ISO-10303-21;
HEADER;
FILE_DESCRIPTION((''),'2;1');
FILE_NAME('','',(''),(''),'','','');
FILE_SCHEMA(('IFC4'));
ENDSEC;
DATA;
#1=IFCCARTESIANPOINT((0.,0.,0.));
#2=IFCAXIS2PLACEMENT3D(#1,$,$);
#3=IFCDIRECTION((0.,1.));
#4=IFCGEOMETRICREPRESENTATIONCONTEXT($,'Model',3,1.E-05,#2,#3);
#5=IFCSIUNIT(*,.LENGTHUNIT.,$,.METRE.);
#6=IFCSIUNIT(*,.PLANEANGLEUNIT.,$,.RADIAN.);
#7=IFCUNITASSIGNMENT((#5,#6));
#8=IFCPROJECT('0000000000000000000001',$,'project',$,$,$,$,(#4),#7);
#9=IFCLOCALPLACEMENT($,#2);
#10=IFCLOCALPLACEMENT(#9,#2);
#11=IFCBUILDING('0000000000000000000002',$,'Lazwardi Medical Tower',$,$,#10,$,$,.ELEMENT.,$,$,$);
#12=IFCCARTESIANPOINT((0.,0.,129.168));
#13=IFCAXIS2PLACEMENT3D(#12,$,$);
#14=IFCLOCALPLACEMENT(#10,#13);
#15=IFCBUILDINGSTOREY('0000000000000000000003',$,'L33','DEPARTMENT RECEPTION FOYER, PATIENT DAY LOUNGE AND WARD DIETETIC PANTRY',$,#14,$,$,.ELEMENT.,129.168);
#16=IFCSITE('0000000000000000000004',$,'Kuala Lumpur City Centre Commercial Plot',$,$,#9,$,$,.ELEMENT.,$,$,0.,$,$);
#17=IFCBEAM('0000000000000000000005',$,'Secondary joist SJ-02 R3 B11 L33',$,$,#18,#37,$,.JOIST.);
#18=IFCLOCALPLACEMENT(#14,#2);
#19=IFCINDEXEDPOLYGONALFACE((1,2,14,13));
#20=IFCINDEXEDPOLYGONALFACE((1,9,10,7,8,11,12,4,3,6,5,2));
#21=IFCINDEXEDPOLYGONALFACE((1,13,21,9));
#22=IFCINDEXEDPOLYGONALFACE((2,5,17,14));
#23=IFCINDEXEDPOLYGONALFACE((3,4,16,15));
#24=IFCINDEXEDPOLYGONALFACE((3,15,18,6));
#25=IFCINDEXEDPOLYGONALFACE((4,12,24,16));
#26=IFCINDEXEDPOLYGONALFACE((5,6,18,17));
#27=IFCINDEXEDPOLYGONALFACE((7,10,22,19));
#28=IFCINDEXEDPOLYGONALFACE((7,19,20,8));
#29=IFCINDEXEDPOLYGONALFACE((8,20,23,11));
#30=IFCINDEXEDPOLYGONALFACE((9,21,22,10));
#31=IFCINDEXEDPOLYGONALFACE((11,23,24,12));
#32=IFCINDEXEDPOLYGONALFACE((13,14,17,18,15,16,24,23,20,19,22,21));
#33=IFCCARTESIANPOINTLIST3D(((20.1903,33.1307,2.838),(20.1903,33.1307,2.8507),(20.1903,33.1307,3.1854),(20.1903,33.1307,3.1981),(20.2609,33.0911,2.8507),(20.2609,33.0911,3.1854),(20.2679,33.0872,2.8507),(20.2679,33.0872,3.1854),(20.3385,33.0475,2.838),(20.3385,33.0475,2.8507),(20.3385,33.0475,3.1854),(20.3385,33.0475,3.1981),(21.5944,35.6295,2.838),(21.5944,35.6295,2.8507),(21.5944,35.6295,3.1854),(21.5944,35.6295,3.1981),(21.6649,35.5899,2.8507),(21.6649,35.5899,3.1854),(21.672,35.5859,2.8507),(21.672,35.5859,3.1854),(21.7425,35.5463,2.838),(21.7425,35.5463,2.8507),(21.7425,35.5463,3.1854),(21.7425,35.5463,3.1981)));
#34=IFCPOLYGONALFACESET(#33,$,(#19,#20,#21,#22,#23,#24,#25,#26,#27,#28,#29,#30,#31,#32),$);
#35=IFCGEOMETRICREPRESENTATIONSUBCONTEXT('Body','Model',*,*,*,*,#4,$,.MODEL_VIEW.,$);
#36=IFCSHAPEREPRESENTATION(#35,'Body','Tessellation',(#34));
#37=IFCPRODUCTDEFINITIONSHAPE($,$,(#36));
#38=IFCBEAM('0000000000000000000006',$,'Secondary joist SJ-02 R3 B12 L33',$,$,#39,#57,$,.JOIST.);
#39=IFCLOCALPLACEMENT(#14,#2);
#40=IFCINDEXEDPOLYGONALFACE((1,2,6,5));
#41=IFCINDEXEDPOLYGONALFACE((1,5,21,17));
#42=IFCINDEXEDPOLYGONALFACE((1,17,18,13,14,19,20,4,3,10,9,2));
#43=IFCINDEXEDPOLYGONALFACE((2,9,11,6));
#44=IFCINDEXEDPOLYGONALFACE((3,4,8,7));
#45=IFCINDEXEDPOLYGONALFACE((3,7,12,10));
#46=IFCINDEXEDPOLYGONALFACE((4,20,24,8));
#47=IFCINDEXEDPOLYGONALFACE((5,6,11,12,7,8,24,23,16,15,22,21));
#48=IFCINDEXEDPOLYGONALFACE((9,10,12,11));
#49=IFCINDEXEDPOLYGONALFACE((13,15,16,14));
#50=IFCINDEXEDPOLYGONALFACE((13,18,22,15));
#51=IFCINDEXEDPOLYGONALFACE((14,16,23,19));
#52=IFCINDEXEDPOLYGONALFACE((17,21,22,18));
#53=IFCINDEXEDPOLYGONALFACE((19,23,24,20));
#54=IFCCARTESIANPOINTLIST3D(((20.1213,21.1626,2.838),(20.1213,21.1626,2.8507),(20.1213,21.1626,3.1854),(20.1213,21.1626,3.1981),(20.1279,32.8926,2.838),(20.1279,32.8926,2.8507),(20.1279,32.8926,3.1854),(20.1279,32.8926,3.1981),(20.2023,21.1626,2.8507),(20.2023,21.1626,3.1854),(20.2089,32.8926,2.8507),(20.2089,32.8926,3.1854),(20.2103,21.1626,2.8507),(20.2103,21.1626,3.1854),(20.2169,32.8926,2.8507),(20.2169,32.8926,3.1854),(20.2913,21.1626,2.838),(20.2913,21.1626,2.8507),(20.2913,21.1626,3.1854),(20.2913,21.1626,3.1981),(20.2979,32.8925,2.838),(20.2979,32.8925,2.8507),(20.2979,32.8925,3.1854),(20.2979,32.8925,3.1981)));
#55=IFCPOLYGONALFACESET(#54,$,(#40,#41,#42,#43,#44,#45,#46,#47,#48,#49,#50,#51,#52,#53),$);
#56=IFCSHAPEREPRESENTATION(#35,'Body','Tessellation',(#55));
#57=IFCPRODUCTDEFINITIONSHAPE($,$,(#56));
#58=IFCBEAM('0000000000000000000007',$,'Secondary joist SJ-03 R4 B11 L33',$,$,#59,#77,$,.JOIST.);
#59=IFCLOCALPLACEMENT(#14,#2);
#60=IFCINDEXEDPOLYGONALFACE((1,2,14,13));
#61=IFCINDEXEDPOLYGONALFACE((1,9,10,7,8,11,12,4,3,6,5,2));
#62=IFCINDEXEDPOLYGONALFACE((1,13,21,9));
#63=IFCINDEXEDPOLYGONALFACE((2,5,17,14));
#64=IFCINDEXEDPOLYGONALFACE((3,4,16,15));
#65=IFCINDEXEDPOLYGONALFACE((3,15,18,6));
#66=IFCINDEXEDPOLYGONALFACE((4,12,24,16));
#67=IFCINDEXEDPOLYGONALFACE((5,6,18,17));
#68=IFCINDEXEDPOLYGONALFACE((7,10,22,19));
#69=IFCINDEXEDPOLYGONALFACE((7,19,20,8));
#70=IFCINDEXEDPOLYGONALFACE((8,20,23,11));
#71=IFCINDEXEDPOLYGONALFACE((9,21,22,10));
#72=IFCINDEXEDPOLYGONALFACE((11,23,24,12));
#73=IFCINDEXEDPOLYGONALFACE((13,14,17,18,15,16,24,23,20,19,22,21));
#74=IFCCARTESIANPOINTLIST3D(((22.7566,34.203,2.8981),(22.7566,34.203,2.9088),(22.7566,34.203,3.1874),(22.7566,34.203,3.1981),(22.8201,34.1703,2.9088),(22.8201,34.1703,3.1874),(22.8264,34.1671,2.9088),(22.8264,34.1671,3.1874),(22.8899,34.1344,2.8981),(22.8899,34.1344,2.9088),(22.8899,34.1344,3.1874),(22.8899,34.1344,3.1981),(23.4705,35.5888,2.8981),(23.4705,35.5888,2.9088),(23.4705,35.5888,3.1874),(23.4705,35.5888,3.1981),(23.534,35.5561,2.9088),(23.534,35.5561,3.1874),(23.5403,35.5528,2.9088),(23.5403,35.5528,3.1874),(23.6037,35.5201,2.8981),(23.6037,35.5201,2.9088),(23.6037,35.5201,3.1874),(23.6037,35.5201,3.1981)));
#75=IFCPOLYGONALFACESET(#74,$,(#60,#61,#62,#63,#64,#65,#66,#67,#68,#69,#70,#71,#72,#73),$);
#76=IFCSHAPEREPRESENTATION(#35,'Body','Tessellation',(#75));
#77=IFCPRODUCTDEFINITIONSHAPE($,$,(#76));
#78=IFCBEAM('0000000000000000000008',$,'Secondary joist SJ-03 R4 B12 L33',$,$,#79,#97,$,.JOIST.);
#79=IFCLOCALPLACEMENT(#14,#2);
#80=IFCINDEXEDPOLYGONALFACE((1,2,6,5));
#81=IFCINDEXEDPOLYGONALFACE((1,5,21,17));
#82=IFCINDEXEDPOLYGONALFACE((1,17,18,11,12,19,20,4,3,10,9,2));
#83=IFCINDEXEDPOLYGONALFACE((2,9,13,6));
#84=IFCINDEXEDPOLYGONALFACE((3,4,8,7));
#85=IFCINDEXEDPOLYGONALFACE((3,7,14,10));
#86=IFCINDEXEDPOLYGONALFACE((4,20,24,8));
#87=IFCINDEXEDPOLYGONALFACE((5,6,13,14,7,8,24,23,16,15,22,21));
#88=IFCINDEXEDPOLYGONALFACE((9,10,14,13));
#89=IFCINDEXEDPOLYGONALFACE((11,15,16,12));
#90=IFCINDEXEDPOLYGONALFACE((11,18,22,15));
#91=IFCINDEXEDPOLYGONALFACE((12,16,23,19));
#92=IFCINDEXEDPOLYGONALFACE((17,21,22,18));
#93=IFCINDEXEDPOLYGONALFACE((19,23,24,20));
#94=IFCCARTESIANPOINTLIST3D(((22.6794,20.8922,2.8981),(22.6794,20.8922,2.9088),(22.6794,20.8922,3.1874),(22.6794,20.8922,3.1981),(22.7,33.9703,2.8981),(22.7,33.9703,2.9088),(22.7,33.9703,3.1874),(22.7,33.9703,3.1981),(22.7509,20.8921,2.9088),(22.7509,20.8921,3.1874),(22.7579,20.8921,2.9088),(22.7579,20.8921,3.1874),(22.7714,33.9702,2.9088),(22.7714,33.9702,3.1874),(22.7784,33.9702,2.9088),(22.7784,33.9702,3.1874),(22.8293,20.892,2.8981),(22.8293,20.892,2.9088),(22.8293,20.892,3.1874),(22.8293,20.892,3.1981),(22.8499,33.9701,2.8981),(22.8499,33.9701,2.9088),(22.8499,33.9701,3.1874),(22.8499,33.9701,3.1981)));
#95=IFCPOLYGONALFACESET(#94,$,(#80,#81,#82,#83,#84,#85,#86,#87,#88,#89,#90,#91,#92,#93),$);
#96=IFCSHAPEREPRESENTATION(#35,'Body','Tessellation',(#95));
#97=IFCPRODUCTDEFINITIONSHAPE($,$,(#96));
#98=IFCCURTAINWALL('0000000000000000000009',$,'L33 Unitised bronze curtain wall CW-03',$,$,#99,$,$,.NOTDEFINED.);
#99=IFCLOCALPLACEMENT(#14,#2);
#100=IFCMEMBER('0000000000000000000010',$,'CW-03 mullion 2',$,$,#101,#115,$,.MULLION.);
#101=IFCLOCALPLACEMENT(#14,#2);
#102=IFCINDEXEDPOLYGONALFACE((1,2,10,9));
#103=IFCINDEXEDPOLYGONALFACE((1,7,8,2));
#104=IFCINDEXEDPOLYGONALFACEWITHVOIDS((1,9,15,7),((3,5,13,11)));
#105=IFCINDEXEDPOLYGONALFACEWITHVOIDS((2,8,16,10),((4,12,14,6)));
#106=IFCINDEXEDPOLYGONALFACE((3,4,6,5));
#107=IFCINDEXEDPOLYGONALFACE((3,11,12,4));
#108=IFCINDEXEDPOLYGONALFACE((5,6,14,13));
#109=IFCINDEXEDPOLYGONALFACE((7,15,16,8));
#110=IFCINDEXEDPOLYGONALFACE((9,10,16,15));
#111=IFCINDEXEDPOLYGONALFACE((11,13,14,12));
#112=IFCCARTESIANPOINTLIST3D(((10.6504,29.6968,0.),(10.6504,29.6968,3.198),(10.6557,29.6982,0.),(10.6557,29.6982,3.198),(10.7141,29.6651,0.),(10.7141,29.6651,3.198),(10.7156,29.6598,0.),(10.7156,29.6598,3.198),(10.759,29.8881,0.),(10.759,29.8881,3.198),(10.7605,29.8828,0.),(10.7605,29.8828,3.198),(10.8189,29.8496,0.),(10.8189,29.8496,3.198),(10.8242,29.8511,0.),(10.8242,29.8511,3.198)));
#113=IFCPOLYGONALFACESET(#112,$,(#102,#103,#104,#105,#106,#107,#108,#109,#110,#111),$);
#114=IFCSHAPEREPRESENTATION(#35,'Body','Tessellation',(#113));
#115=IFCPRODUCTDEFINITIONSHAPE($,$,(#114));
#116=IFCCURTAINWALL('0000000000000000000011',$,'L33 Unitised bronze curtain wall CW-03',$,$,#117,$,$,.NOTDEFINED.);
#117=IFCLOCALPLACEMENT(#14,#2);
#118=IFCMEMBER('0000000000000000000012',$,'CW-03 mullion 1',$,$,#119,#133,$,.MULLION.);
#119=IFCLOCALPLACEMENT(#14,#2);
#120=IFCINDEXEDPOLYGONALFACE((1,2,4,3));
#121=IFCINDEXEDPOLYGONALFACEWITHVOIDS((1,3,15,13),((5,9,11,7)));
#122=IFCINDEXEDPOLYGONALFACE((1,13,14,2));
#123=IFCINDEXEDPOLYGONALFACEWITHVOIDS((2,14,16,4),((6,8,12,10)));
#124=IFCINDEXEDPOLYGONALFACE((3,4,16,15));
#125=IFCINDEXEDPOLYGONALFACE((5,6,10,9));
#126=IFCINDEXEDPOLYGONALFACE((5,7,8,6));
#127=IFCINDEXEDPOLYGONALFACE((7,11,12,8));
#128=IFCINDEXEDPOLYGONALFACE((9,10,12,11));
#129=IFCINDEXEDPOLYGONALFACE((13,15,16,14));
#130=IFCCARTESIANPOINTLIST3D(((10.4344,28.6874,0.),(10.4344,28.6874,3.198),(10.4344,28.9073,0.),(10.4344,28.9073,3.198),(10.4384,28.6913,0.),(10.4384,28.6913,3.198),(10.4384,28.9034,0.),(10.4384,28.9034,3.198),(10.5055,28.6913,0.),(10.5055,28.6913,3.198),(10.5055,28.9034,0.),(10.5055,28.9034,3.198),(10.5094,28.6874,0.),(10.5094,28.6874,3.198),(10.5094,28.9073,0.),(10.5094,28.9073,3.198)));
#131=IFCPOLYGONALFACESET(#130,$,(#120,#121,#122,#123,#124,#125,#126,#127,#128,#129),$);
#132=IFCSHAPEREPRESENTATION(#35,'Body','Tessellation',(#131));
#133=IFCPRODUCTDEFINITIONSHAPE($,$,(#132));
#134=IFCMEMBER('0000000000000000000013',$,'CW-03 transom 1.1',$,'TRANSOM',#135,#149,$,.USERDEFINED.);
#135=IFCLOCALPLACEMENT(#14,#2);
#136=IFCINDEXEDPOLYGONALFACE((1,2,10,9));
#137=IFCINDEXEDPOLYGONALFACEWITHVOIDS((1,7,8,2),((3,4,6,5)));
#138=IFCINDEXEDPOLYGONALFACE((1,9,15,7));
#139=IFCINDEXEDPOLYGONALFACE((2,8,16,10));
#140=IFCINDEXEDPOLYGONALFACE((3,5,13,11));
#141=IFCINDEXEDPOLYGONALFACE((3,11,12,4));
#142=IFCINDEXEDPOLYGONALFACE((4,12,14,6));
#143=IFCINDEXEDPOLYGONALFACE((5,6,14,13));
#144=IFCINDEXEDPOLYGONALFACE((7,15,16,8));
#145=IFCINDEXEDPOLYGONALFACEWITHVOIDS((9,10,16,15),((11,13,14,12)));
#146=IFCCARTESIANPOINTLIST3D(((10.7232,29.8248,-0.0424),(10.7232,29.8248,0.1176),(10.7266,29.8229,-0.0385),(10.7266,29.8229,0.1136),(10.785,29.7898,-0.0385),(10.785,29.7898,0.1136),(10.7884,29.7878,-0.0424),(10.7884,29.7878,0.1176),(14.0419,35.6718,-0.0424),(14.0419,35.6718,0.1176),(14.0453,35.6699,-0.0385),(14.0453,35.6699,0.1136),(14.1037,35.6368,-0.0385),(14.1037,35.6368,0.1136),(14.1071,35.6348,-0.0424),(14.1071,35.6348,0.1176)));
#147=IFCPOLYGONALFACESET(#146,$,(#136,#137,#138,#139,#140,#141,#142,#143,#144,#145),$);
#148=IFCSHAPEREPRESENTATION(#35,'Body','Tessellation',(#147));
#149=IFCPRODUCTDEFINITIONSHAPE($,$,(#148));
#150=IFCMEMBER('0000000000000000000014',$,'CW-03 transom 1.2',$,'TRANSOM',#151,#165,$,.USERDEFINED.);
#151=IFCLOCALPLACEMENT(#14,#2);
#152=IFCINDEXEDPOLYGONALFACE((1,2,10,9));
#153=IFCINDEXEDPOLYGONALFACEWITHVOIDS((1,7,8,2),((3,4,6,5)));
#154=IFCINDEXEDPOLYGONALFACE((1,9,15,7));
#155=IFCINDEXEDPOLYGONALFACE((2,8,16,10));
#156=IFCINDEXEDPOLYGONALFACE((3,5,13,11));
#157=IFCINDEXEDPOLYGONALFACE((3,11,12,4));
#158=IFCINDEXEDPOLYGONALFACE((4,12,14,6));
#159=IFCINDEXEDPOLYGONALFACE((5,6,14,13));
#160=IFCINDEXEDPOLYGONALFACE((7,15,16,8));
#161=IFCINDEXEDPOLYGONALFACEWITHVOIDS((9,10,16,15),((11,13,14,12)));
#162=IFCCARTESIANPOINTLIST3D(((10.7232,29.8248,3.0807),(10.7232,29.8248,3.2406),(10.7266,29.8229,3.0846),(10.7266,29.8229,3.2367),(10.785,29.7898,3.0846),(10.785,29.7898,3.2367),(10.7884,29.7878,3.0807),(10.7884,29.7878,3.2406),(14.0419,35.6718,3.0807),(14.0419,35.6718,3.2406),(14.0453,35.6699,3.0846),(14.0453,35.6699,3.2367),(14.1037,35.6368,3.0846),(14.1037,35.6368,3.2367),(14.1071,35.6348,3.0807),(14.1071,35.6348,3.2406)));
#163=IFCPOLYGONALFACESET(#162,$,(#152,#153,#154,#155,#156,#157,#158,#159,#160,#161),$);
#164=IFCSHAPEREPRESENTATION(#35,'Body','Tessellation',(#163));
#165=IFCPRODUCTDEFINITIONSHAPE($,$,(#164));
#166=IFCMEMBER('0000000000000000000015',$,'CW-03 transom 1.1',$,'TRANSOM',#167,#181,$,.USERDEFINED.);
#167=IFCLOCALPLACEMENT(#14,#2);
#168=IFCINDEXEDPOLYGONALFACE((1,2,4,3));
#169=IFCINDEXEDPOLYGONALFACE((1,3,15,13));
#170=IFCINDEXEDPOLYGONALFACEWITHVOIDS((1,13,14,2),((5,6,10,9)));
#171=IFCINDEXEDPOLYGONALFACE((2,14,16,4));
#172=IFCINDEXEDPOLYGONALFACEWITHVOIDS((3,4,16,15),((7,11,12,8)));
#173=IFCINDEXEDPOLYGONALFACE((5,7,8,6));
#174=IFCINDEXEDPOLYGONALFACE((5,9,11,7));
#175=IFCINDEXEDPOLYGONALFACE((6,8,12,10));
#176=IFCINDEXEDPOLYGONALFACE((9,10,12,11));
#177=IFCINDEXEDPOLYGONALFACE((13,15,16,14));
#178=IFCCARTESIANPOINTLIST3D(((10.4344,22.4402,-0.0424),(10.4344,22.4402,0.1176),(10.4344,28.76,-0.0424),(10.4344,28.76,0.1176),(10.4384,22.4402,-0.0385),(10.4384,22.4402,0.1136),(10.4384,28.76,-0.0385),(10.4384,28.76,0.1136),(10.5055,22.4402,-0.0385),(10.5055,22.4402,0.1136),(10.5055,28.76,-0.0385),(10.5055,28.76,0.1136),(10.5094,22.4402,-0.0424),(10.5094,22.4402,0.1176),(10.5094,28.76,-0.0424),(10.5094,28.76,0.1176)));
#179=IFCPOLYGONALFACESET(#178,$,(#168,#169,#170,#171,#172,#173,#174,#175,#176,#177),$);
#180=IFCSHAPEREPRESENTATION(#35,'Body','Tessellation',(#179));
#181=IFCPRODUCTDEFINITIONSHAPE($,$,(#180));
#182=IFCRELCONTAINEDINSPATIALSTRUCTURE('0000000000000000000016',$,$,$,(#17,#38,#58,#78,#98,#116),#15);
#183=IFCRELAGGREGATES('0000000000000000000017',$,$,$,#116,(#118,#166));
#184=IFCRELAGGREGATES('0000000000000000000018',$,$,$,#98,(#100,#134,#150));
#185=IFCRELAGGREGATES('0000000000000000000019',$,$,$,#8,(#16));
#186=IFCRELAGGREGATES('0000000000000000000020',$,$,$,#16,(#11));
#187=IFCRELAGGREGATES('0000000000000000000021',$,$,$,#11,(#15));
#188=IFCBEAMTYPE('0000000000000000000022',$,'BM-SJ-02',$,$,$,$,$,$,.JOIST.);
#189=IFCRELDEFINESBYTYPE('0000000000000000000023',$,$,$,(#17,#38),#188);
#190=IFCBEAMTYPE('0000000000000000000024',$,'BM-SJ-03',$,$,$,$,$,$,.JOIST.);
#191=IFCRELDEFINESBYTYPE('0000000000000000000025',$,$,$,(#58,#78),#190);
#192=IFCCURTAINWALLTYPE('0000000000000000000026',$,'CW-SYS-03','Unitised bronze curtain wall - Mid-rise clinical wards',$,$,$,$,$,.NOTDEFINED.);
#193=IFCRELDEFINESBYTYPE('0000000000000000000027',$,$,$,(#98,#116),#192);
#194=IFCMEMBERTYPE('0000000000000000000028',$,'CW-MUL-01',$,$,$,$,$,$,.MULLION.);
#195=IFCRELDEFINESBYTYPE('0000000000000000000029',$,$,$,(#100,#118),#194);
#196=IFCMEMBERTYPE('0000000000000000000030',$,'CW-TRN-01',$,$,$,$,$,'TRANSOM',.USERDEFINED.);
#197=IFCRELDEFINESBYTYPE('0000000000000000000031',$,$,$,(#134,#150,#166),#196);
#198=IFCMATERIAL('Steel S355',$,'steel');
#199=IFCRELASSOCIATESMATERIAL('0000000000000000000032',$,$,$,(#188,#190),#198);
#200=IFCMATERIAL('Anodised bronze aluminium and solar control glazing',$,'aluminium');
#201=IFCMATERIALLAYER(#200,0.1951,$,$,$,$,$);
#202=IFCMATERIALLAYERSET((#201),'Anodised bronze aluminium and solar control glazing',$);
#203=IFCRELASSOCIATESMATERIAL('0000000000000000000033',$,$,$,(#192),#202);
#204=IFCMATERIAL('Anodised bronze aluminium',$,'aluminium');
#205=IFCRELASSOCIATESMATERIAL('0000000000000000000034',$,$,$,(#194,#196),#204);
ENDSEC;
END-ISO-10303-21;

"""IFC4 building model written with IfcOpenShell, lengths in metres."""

from ifc_helpers import new_model, si_unit, direction, frame, origin, origin_2d, place, context, subcontext, project, spatial, hollow_rectangle, i_section, extrude, material, layer, layer_set, material_profile, profile_set, type_object, element, aggregate, save


model = new_model("IFC4")

# Units and contexts
model_context = context("Model", 3, precision=1e-05, world=origin(), true_north=direction((0.0, 1.0)))
body_context = subcontext(model_context, "Body", "Model", "MODEL_VIEW")
ifc_project = project(units=[si_unit("LENGTHUNIT", "METRE"), si_unit("PLANEANGLEUNIT", "RADIAN")], contexts=[model_context])

# Site, building, storey
site_placement = place(None, origin())
site = spatial("IfcSite", under=ifc_project, at=site_placement, Name="Kuala Lumpur City Centre Commercial Plot", CompositionType="ELEMENT", RefElevation=0.0)
building_placement = place(site_placement, origin())
building = spatial("IfcBuilding", under=site, at=building_placement, Name="Lazwardi Medical Tower", CompositionType="ELEMENT")
storey_placement = place(building_placement, frame((0.0, 0.0, 129.168)))
storey = spatial("IfcBuildingStorey", under=building, at=storey_placement, Name="L33", Description="DEPARTMENT RECEPTION FOYER, PATIENT DAY LOUNGE AND WARD DIETETIC PANTRY", CompositionType="ELEMENT", Elevation=129.168)

# Beams
ifc_material_1 = material(Name="Steel S355", Category="steel")
ifc_material_profile_1 = material_profile(ifc_material_1, i_section(OverallWidth=0.1699, OverallDepth=0.3601, WebThickness=0.0081, FlangeThickness=0.0127, at=origin_2d()), Name="IPE 360")
ifc_profile_set_1 = profile_set([ifc_material_profile_1], Name="Steel S355")
beam_type_1 = type_object("IfcBeamType", Name="BM-SJ-02", PredefinedType="JOIST", material=ifc_profile_set_1)
beam_1_placement = place(storey_placement, frame((21.6685, 35.5879, 3.0181), z_axis=(-0.489861, -0.871801, 0.0), x_axis=(0.871801, -0.489861, 0.0)))
element("IfcBeam", 1, at=beam_1_placement, inside=storey, type_object=beam_type_1, Name="Secondary joist SJ-02 R3 B11 L33", PredefinedType="JOIST", context=body_context, shape_type="SweptSolid", body=[
    extrude(i_section(OverallWidth=0.1699, OverallDepth=0.3601, WebThickness=0.0081, FlangeThickness=0.0127, at=origin_2d()), origin(), (0.0, 0.0, 1.0), 2.8662),
])
beam_2_placement = place(storey_placement, frame((20.2129, 32.8926, 3.0181), z_axis=(-0.000562, -1.0, 0.0), x_axis=(1.0, -0.000562, 0.0)))
element("IfcBeam", 2, at=beam_2_placement, inside=storey, type_object=beam_type_1, Name="Secondary joist SJ-02 R3 B12 L33", PredefinedType="JOIST", context=body_context, shape_type="SweptSolid", body=[
    extrude(i_section(OverallWidth=0.1699, OverallDepth=0.3601, WebThickness=0.0081, FlangeThickness=0.0127, at=origin_2d()), origin(), (0.0, 0.0, 1.0), 11.73),
])
ifc_material_profile_2 = material_profile(ifc_material_1, i_section(OverallWidth=0.1499, OverallDepth=0.3, WebThickness=0.0071, FlangeThickness=0.0107, at=origin_2d()), Name="IPE 300")
ifc_profile_set_2 = profile_set([ifc_material_profile_2], Name="Steel S355")
beam_type_2 = type_object("IfcBeamType", Name="BM-SJ-03", PredefinedType="JOIST", material=ifc_profile_set_2)
beam_3_placement = place(storey_placement, frame((23.5371, 35.5544, 3.0481), z_axis=(-0.457957, -0.888975, 0.0), x_axis=(0.888975, -0.457957, 0.0)))
element("IfcBeam", 3, at=beam_3_placement, inside=storey, type_object=beam_type_2, Name="Secondary joist SJ-03 R4 B11 L33", PredefinedType="JOIST", context=body_context, shape_type="SweptSolid", body=[
    extrude(i_section(OverallWidth=0.1499, OverallDepth=0.3, WebThickness=0.0071, FlangeThickness=0.0107, at=origin_2d()), origin(), (0.0, 0.0, 1.0), 1.5588),
])
beam_4_placement = place(storey_placement, frame((22.7749, 33.9702, 3.0481), z_axis=(-0.001568, -0.999999, 0.0), x_axis=(0.999999, -0.001568, 0.0)))
element("IfcBeam", 4, at=beam_4_placement, inside=storey, type_object=beam_type_2, Name="Secondary joist SJ-03 R4 B12 L33", PredefinedType="JOIST", context=body_context, shape_type="SweptSolid", body=[
    extrude(i_section(OverallWidth=0.1499, OverallDepth=0.3, WebThickness=0.0071, FlangeThickness=0.0107, at=origin_2d()), origin(), (0.0, 0.0, 1.0), 13.0781),
])

# Curtain walls, members
ifc_material_2 = material(Name="Anodised bronze aluminium and solar control glazing", Category="aluminium")
ifc_layer_1 = layer(ifc_material_2, 0.1951)
ifc_layer_set_1 = layer_set([ifc_layer_1], Name="Anodised bronze aluminium and solar control glazing")
curtain_wall_type = type_object("IfcCurtainWallType", Name="CW-SYS-03", Description="Unitised bronze curtain wall - Mid-rise clinical wards", PredefinedType="NOTDEFINED", material=ifc_layer_set_1)
curtain_wall_1_placement = place(storey_placement, origin())
curtain_wall_1 = element("IfcCurtainWall", 5, at=curtain_wall_1_placement, inside=storey, type_object=curtain_wall_type, Name="L33 Unitised bronze curtain wall CW-03", PredefinedType="NOTDEFINED")
ifc_material_3 = material(Name="Anodised bronze aluminium", Category="aluminium")
ifc_material_profile_3 = material_profile(ifc_material_3, hollow_rectangle(XDim=0.075, YDim=0.22, WallThickness=0.0039, at=origin_2d()), Name="ALU-MULLION 220x75x4")
ifc_profile_set_3 = profile_set([ifc_material_profile_3], Name="Anodised bronze aluminium")
member_type_1 = type_object("IfcMemberType", Name="CW-MUL-01", PredefinedType="MULLION", material=ifc_profile_set_3)
member_1_placement = place(storey_placement, frame((10.7373, 29.7739, 0.0), z_axis=(0.0, 0.0, 1.0), x_axis=(0.869687, -0.493603, 0.0)))
member_1 = element("IfcMember", 6, at=member_1_placement, type_object=member_type_1, Name="CW-03 mullion 2", PredefinedType="MULLION", context=body_context, shape_type="SweptSolid", body=[
    extrude(hollow_rectangle(XDim=0.075, YDim=0.22, WallThickness=0.0039, at=origin_2d()), origin(), (0.0, 0.0, 1.0), 3.198),
])
curtain_wall_2_placement = place(storey_placement, origin())
curtain_wall_2 = element("IfcCurtainWall", 7, at=curtain_wall_2_placement, inside=storey, type_object=curtain_wall_type, Name="L33 Unitised bronze curtain wall CW-03", PredefinedType="NOTDEFINED")
member_2_placement = place(storey_placement, frame((10.4719, 28.7974, 0.0), z_axis=(0.0, 0.0, 1.0), x_axis=(1.0, 0.0, 0.0)))
member_2 = element("IfcMember", 8, at=member_2_placement, type_object=member_type_1, Name="CW-03 mullion 1", PredefinedType="MULLION", context=body_context, shape_type="SweptSolid", body=[
    extrude(hollow_rectangle(XDim=0.075, YDim=0.22, WallThickness=0.0039, at=origin_2d()), origin(), (0.0, 0.0, 1.0), 3.198),
])

# Members
ifc_material_profile_4 = material_profile(ifc_material_3, hollow_rectangle(XDim=0.075, YDim=0.1599, WallThickness=0.0039, at=origin_2d()), Name="ALU-TRANSOM 160x75x4")
ifc_profile_set_4 = profile_set([ifc_material_profile_4], Name="Anodised bronze aluminium")
member_type_2 = type_object("IfcMemberType", Name="CW-TRN-01", ElementType="TRANSOM", PredefinedType="USERDEFINED", material=ifc_profile_set_4)
member_3_placement = place(storey_placement, frame((14.0745, 35.6533, 0.0376), z_axis=(-0.493614, -0.869681, 0.0), x_axis=(0.869681, -0.493614, 0.0)))
member_3 = element("IfcMember", 9, at=member_3_placement, type_object=member_type_2, Name="CW-03 transom 1.1", ObjectType="TRANSOM", PredefinedType="USERDEFINED", context=body_context, shape_type="SweptSolid", body=[
    extrude(hollow_rectangle(XDim=0.075, YDim=0.1599, WallThickness=0.0039, at=origin_2d()), origin(), (0.0, 0.0, 1.0), 6.7231),
])
member_4_placement = place(storey_placement, frame((14.0745, 35.6533, 3.1606), z_axis=(-0.493614, -0.869681, 0.0), x_axis=(0.869681, -0.493614, 0.0)))
member_4 = element("IfcMember", 10, at=member_4_placement, type_object=member_type_2, Name="CW-03 transom 1.2", ObjectType="TRANSOM", PredefinedType="USERDEFINED", context=body_context, shape_type="SweptSolid", body=[
    extrude(hollow_rectangle(XDim=0.075, YDim=0.1599, WallThickness=0.0039, at=origin_2d()), origin(), (0.0, 0.0, 1.0), 6.7231),
])
member_5_placement = place(storey_placement, frame((10.4719, 28.76, 0.0376), z_axis=(0.0, -1.0, 0.0), x_axis=(1.0, 0.0, 0.0)))
member_5 = element("IfcMember", 11, at=member_5_placement, type_object=member_type_2, Name="CW-03 transom 1.1", ObjectType="TRANSOM", PredefinedType="USERDEFINED", context=body_context, shape_type="SweptSolid", body=[
    extrude(hollow_rectangle(XDim=0.075, YDim=0.1599, WallThickness=0.0039, at=origin_2d()), origin(), (0.0, 0.0, 1.0), 6.3198),
])
aggregate(curtain_wall_2, [member_2, member_5])

aggregate(curtain_wall_1, [member_1, member_3, member_4])

save(model, "model.ifc")
